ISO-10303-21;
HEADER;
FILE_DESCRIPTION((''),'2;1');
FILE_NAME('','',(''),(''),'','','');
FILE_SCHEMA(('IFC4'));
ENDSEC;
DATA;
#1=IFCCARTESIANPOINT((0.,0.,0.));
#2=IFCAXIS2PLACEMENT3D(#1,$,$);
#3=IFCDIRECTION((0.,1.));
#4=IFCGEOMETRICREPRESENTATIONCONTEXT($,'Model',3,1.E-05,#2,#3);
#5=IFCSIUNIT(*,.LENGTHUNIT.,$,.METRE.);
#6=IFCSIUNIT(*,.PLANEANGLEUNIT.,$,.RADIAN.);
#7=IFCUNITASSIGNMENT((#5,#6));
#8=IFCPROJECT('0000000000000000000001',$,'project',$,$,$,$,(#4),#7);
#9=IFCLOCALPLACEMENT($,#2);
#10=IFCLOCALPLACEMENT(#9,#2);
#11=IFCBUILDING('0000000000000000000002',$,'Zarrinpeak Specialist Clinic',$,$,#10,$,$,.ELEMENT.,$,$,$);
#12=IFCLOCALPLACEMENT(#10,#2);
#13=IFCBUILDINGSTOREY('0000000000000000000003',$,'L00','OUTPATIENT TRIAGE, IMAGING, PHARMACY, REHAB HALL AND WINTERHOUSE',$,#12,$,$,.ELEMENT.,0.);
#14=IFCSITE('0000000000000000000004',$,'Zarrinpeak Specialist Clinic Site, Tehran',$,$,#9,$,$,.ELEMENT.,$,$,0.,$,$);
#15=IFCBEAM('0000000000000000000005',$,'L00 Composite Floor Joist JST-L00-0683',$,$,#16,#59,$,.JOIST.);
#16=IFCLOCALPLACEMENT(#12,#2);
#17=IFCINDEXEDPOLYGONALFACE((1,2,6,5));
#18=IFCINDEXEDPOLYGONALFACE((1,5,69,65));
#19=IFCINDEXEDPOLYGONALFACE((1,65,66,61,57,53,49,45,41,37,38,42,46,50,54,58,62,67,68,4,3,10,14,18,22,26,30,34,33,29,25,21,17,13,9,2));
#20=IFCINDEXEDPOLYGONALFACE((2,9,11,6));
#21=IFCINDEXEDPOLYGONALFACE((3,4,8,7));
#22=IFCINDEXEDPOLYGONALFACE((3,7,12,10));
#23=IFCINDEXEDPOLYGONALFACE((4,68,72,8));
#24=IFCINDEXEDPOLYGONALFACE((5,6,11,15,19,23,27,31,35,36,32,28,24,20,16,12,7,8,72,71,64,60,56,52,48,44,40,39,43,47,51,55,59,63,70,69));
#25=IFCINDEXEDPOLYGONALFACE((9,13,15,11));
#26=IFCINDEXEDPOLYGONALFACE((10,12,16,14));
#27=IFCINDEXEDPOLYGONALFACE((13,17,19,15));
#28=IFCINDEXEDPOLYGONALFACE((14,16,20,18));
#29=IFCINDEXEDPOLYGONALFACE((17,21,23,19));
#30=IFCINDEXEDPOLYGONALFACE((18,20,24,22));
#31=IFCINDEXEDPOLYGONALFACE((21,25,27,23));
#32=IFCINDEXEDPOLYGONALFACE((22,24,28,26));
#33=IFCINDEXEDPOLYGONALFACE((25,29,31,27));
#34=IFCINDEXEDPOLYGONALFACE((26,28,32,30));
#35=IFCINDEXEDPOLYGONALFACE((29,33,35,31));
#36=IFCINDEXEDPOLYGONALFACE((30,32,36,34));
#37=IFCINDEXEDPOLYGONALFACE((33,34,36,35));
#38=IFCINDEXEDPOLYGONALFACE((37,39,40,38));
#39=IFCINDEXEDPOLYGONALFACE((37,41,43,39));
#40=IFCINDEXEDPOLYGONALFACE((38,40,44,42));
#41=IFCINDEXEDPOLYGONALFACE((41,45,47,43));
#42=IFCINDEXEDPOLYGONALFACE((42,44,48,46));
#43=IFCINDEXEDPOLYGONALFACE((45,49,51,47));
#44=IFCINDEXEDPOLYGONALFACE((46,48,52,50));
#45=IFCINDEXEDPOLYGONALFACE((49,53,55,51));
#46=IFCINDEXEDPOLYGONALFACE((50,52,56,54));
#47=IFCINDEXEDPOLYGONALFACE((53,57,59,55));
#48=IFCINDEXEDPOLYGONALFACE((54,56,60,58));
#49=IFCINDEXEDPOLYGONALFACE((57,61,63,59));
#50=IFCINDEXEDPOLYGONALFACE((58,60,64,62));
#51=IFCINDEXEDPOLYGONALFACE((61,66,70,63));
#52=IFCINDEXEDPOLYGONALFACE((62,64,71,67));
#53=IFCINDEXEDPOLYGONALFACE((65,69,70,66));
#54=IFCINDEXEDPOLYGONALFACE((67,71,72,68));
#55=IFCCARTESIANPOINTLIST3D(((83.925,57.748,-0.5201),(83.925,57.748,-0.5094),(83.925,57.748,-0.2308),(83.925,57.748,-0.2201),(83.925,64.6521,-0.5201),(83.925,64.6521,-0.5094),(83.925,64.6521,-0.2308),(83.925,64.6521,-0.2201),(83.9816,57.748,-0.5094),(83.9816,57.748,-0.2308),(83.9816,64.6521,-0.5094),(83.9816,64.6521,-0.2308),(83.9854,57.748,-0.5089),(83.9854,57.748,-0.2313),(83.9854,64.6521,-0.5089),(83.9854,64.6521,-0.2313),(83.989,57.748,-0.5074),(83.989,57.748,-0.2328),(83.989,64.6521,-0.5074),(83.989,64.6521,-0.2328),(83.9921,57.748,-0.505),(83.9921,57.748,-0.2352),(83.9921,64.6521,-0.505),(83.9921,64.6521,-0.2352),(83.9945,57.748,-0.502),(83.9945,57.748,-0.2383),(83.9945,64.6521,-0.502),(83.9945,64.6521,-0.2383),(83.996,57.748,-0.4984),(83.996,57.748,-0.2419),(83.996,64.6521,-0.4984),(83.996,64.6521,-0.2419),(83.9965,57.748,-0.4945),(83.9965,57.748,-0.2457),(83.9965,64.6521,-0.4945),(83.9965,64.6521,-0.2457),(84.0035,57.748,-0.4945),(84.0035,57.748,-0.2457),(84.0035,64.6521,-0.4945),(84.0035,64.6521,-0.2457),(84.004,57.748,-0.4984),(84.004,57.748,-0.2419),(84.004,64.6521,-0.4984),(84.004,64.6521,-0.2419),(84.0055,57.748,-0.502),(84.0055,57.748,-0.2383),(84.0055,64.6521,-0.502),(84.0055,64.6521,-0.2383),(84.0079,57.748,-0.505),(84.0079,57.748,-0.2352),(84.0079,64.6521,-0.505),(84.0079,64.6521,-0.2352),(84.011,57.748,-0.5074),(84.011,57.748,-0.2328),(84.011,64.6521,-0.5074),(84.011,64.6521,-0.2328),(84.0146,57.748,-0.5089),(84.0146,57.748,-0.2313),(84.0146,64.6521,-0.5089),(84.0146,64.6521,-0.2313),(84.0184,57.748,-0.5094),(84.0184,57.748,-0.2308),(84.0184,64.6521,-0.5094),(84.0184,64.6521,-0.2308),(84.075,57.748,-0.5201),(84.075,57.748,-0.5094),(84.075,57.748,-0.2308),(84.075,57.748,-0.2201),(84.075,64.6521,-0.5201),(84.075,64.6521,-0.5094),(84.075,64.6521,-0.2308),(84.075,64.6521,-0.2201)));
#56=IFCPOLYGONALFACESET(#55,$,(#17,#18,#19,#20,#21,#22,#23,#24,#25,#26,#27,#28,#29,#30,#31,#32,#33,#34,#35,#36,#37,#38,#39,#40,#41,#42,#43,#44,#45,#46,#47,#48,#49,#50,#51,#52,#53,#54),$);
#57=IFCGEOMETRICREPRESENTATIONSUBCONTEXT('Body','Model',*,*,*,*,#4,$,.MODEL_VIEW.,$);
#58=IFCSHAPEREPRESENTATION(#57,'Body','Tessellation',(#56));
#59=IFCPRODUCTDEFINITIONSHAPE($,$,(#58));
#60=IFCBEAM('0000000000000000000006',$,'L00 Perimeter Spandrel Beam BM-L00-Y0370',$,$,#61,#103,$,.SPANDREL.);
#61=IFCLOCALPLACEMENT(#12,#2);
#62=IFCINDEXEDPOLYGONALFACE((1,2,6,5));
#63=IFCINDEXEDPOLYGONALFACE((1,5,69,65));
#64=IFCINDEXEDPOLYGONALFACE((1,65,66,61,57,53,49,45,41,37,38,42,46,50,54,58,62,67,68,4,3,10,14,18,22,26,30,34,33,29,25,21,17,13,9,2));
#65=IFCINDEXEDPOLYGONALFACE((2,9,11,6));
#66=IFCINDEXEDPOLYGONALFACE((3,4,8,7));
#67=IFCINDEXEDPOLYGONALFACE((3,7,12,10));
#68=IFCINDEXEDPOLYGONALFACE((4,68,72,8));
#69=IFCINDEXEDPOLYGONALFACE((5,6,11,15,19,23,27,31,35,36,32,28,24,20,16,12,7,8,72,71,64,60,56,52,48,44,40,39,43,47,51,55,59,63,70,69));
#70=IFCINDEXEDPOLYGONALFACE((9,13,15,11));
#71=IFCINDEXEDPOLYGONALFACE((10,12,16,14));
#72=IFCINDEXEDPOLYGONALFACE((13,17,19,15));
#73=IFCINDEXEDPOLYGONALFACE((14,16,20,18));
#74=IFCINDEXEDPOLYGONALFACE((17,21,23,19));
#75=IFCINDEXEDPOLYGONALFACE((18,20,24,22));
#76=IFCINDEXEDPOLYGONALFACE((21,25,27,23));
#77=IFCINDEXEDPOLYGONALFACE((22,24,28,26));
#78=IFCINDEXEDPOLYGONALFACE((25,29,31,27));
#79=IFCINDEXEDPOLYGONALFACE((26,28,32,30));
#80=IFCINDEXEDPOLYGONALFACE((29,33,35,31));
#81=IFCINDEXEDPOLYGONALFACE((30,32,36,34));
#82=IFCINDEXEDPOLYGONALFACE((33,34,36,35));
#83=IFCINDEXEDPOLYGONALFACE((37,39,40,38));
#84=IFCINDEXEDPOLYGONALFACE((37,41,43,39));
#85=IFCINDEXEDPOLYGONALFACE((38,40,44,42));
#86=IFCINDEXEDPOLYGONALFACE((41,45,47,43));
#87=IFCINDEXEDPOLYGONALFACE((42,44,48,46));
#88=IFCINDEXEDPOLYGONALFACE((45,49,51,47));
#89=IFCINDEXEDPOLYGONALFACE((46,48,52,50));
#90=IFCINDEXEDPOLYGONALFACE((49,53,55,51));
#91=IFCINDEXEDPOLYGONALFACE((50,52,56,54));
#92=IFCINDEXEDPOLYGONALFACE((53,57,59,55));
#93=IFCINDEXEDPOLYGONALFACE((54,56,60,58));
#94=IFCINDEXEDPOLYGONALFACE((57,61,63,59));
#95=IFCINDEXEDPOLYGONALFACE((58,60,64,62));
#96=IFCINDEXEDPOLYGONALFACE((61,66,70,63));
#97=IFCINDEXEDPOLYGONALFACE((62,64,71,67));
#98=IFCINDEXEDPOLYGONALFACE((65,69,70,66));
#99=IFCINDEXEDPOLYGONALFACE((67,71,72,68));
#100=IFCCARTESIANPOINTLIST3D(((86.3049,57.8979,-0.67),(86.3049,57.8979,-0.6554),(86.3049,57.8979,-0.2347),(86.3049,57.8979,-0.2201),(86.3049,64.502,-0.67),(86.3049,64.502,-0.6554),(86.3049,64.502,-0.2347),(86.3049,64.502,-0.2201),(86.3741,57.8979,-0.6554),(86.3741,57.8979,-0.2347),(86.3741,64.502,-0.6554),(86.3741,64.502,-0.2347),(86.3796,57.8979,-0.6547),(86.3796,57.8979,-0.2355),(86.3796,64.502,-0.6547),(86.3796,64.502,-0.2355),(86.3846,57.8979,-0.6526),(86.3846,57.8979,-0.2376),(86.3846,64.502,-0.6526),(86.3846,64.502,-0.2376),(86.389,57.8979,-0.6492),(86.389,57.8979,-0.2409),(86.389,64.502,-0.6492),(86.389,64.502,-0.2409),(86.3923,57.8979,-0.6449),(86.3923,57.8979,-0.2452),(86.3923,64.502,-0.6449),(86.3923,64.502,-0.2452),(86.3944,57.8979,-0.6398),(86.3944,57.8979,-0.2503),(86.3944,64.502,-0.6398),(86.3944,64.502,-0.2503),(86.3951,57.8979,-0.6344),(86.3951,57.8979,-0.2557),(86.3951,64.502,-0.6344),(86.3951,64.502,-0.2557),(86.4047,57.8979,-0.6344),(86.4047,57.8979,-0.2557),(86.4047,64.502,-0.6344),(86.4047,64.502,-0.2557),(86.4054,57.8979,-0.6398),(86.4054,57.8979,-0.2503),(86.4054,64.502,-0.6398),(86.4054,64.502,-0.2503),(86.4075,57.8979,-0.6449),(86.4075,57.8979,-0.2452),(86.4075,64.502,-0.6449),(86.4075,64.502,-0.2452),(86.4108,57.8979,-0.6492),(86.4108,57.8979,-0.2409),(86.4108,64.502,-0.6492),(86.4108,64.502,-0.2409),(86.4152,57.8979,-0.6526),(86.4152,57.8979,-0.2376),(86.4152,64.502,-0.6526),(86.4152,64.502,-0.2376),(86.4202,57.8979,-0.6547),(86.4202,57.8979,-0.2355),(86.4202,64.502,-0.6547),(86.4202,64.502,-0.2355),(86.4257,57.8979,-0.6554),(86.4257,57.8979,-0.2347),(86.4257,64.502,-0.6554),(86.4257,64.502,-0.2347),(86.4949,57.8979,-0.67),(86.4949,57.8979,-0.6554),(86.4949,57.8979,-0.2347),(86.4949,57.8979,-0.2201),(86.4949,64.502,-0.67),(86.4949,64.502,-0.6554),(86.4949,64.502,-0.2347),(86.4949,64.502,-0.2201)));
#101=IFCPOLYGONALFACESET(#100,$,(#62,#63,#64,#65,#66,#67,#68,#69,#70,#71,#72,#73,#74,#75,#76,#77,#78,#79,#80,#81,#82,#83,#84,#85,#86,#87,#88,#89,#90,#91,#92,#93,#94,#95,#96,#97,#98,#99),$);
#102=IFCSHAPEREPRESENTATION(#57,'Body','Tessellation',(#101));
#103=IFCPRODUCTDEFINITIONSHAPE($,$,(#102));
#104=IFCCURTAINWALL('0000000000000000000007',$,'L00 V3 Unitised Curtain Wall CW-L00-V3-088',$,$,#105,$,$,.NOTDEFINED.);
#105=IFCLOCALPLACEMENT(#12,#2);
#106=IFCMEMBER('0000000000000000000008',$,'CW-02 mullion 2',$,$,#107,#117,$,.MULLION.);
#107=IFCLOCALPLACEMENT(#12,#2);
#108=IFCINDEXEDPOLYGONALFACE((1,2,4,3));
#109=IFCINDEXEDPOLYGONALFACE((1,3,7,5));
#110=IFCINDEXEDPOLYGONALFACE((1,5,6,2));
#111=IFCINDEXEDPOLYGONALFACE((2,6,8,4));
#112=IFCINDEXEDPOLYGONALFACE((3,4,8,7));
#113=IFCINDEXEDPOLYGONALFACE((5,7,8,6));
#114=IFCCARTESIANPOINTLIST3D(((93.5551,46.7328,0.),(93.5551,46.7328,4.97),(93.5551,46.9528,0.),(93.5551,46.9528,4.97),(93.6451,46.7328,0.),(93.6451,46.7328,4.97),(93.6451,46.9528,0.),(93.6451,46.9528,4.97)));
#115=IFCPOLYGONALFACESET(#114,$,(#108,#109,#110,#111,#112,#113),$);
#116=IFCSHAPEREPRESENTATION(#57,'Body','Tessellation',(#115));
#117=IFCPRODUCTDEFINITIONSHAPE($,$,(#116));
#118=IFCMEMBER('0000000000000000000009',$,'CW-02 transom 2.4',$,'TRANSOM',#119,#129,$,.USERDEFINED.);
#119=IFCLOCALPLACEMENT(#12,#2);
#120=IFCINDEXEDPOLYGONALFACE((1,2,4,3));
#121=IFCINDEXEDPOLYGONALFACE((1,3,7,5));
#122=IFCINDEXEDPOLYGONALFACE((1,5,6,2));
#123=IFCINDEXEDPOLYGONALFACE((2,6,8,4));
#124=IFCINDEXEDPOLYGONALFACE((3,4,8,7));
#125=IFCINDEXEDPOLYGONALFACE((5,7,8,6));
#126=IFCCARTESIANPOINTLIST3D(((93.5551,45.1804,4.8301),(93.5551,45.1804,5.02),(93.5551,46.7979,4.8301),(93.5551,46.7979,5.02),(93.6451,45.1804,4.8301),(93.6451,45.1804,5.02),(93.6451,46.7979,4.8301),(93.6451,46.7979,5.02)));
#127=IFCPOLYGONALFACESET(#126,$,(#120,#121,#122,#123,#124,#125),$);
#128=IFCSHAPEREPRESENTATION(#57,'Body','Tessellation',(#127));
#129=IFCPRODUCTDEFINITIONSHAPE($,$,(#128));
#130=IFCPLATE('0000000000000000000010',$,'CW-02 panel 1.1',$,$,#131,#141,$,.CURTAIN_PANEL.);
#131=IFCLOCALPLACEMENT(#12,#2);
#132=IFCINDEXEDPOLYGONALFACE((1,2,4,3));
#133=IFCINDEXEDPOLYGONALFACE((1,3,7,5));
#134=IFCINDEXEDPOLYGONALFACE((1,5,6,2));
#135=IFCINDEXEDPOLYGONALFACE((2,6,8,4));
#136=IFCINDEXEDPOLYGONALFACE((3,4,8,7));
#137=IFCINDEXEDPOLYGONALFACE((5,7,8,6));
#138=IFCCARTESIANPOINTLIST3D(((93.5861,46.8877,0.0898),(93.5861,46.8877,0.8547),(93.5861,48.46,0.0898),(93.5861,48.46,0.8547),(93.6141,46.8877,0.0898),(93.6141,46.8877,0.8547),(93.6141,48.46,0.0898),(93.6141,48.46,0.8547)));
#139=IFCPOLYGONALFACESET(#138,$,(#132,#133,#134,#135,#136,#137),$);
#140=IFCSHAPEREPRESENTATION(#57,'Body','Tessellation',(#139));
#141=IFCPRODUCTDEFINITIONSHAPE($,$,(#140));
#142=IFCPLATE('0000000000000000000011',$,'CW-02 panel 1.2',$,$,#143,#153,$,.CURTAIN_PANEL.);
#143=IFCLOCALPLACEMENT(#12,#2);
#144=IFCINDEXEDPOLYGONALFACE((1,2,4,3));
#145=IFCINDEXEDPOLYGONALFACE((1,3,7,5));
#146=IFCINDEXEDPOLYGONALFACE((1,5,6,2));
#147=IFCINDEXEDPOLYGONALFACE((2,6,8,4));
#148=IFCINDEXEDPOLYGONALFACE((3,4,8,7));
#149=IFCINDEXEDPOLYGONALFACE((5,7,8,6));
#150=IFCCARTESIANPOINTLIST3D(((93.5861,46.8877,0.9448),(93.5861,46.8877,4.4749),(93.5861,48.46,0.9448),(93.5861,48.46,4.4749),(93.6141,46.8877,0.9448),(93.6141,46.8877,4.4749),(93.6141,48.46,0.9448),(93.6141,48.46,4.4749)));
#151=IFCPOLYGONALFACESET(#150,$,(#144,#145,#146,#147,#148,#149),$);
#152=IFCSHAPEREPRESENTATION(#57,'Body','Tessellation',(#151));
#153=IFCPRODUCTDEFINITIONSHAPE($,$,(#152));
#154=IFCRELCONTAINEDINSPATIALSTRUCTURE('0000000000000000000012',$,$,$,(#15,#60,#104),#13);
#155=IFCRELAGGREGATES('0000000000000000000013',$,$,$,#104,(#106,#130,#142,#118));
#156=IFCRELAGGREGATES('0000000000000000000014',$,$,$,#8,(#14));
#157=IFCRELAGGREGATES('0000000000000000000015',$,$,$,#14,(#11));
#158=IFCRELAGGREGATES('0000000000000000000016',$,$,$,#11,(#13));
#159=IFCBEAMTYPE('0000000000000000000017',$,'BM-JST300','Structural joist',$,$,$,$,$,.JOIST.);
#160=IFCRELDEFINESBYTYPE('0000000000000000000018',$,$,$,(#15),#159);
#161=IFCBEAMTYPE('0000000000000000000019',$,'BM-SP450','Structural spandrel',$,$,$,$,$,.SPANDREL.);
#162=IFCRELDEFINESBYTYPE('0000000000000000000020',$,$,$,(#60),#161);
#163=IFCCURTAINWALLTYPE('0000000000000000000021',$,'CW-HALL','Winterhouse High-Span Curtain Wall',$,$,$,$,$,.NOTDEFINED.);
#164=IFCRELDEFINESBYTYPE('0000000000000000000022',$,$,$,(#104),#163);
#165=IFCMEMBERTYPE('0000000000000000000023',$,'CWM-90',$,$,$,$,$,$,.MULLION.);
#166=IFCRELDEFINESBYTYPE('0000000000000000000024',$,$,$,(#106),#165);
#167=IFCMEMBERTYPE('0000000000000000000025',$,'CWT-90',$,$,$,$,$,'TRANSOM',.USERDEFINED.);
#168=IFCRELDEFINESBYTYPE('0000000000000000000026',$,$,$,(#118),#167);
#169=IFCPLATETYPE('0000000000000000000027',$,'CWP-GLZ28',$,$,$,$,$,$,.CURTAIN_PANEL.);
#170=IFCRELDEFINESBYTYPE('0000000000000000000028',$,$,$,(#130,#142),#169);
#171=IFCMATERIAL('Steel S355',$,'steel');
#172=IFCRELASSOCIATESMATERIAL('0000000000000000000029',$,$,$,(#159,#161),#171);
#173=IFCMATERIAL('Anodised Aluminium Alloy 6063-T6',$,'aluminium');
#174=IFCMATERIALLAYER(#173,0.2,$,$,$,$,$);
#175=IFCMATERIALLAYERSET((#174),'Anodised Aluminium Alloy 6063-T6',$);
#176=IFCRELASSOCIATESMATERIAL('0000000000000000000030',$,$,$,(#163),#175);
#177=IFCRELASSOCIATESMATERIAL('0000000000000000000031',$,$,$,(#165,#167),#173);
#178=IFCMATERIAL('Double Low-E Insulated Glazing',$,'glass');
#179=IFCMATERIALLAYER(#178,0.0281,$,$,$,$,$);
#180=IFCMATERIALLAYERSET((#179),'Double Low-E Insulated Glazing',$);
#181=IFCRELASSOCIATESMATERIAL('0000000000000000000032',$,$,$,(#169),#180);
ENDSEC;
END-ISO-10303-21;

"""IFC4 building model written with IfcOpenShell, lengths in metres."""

from ifc_helpers import new_model, si_unit, direction, frame, origin, origin_2d, place, context, subcontext, project, spatial, rectangle, i_section, extrude, material, layer, layer_set, material_profile, profile_set, type_object, element, aggregate, save


model = new_model("IFC4")

# Units and contexts
model_context = context("Model", 3, precision=1e-05, world=origin(), true_north=direction((0.0, 1.0)))
body_context = subcontext(model_context, "Body", "Model", "MODEL_VIEW")
ifc_project = project(units=[si_unit("LENGTHUNIT", "METRE"), si_unit("PLANEANGLEUNIT", "RADIAN")], contexts=[model_context])

# Site, building, storey
site_placement = place(None, origin())
site = spatial("IfcSite", under=ifc_project, at=site_placement, Name="Zarrinpeak Specialist Clinic Site, Tehran", CompositionType="ELEMENT", RefElevation=0.0)
building_placement = place(site_placement, origin())
building = spatial("IfcBuilding", under=site, at=building_placement, Name="Zarrinpeak Specialist Clinic", CompositionType="ELEMENT")
storey_placement = place(building_placement, origin())
storey = spatial("IfcBuildingStorey", under=building, at=storey_placement, Name="L00", Description="OUTPATIENT TRIAGE, IMAGING, PHARMACY, REHAB HALL AND WINTERHOUSE", CompositionType="ELEMENT", Elevation=0.0)

# Beams
ifc_material_1 = material(Name="Steel S355", Category="steel")
ifc_material_profile_1 = material_profile(ifc_material_1, i_section(OverallWidth=0.1499, OverallDepth=0.3, WebThickness=0.0071, FlangeThickness=0.0107, FilletRadius=0.0149, at=origin_2d()), Name="IPE 300")
ifc_profile_set_1 = profile_set([ifc_material_profile_1], Name="Steel S355")
beam_type_1 = type_object("IfcBeamType", Name="BM-JST300", Description="Structural joist", PredefinedType="JOIST", material=ifc_profile_set_1)
for number, where, z_axis, x_axis, name in (
    (1, (84.0, 57.748, -0.3701), (0.0, 1.0, 0.0), (-1.0, 0.0, 0.0), "L00 Composite Floor Joist JST-L00-0683"),
):
    element("IfcBeam", number, at=place(storey_placement, frame(where, z_axis=z_axis, x_axis=x_axis)), inside=storey, type_object=beam_type_1, Name=name, PredefinedType="JOIST", context=body_context, shape_type="SweptSolid", body=[
        extrude(i_section(OverallWidth=0.1499, OverallDepth=0.3, WebThickness=0.0071, FlangeThickness=0.0107, FilletRadius=0.0149, at=origin_2d()), origin(), (0.0, 0.0, 1.0), 6.9041),
    ])
ifc_material_profile_2 = material_profile(ifc_material_1, i_section(OverallWidth=0.1899, OverallDepth=0.45, WebThickness=0.0095, FlangeThickness=0.0146, FilletRadius=0.021, at=origin_2d()), Name="IPE 450")
ifc_profile_set_2 = profile_set([ifc_material_profile_2], Name="Steel S355")
beam_type_2 = type_object("IfcBeamType", Name="BM-SP450", Description="Structural spandrel", PredefinedType="SPANDREL", material=ifc_profile_set_2)
beam_placement = place(storey_placement, frame((86.3999, 57.8979, -0.4451), z_axis=(0.0, 1.0, 0.0), x_axis=(-1.0, 0.0, 0.0)))
element("IfcBeam", 2, at=beam_placement, inside=storey, type_object=beam_type_2, Name="L00 Perimeter Spandrel Beam BM-L00-Y0370", PredefinedType="SPANDREL", context=body_context, shape_type="SweptSolid", body=[
    extrude(i_section(OverallWidth=0.1899, OverallDepth=0.45, WebThickness=0.0095, FlangeThickness=0.0146, FilletRadius=0.021, at=origin_2d()), origin(), (0.0, 0.0, 1.0), 6.604),
])

# Curtain wall, members, plates
ifc_material_2 = material(Name="Anodised Aluminium Alloy 6063-T6", Category="aluminium")
ifc_layer_1 = layer(ifc_material_2, 0.2)
ifc_layer_set_1 = layer_set([ifc_layer_1], Name="Anodised Aluminium Alloy 6063-T6")
curtain_wall_type = type_object("IfcCurtainWallType", Name="CW-HALL", Description="Winterhouse High-Span Curtain Wall", PredefinedType="NOTDEFINED", material=ifc_layer_set_1)
curtain_wall_placement = place(storey_placement, origin())
curtain_wall = element("IfcCurtainWall", 3, at=curtain_wall_placement, inside=storey, type_object=curtain_wall_type, Name="L00 V3 Unitised Curtain Wall CW-L00-V3-088", PredefinedType="NOTDEFINED")
ifc_material_profile_3 = material_profile(ifc_material_2, rectangle(XDim=0.0901, YDim=0.22, at=origin_2d()), Name="ALU 90x220")
ifc_profile_set_3 = profile_set([ifc_material_profile_3], Name="Anodised Aluminium Alloy 6063-T6")
member_type_1 = type_object("IfcMemberType", Name="CWM-90", PredefinedType="MULLION", material=ifc_profile_set_3)
member_1_placement = place(storey_placement, frame((93.6001, 46.8428, 0.0), z_axis=(0.0, 0.0, 1.0), x_axis=(1.0, 0.0, 0.0)))
member_1 = element("IfcMember", 4, at=member_1_placement, type_object=member_type_1, Name="CW-02 mullion 2", PredefinedType="MULLION", context=body_context, shape_type="SweptSolid", body=[
    extrude(rectangle(XDim=0.0901, YDim=0.22, at=origin_2d()), origin(), (0.0, 0.0, 1.0), 4.97),
])
ifc_material_profile_4 = material_profile(ifc_material_2, rectangle(XDim=0.0901, YDim=0.1899, at=origin_2d()), Name="ALU 90x190")
ifc_profile_set_4 = profile_set([ifc_material_profile_4], Name="Anodised Aluminium Alloy 6063-T6")
member_type_2 = type_object("IfcMemberType", Name="CWT-90", ElementType="TRANSOM", PredefinedType="USERDEFINED", material=ifc_profile_set_4)
member_2_placement = place(storey_placement, frame((93.6001, 46.7979, 4.925), z_axis=(0.0, -1.0, 0.0), x_axis=(1.0, 0.0, 0.0)))
member_2 = element("IfcMember", 5, at=member_2_placement, type_object=member_type_2, Name="CW-02 transom 2.4", ObjectType="TRANSOM", PredefinedType="USERDEFINED", context=body_context, shape_type="SweptSolid", body=[
    extrude(rectangle(XDim=0.0901, YDim=0.1899, at=origin_2d()), origin(), (0.0, 0.0, 1.0), 1.6174),
])
ifc_material_3 = material(Name="Double Low-E Insulated Glazing", Category="glass")
ifc_layer_2 = layer(ifc_material_3, 0.0281)
ifc_layer_set_2 = layer_set([ifc_layer_2], Name="Double Low-E Insulated Glazing")
plate_type = type_object("IfcPlateType", Name="CWP-GLZ28", PredefinedType="CURTAIN_PANEL", material=ifc_layer_set_2)
plate_1_placement = place(storey_placement, frame((93.6001, 47.6738, 0.0898), z_axis=(0.0, 0.0, 1.0), x_axis=(0.0, -1.0, 0.0)))
plate_1 = element("IfcPlate", 6, at=plate_1_placement, type_object=plate_type, Name="CW-02 panel 1.1", PredefinedType="CURTAIN_PANEL", context=body_context, shape_type="SweptSolid", body=[
    extrude(rectangle(XDim=1.5723, YDim=0.0281, at=origin_2d()), origin(), (0.0, 0.0, 1.0), 0.7649),
])
plate_2_placement = place(storey_placement, frame((93.6001, 47.6738, 0.9448), z_axis=(0.0, 0.0, 1.0), x_axis=(0.0, -1.0, 0.0)))
plate_2 = element("IfcPlate", 7, at=plate_2_placement, type_object=plate_type, Name="CW-02 panel 1.2", PredefinedType="CURTAIN_PANEL", context=body_context, shape_type="SweptSolid", body=[
    extrude(rectangle(XDim=1.5723, YDim=0.0281, at=origin_2d()), origin(), (0.0, 0.0, 1.0), 3.53),
])
aggregate(curtain_wall, [member_1, plate_1, plate_2, member_2])

save(model, "model.ifc")
